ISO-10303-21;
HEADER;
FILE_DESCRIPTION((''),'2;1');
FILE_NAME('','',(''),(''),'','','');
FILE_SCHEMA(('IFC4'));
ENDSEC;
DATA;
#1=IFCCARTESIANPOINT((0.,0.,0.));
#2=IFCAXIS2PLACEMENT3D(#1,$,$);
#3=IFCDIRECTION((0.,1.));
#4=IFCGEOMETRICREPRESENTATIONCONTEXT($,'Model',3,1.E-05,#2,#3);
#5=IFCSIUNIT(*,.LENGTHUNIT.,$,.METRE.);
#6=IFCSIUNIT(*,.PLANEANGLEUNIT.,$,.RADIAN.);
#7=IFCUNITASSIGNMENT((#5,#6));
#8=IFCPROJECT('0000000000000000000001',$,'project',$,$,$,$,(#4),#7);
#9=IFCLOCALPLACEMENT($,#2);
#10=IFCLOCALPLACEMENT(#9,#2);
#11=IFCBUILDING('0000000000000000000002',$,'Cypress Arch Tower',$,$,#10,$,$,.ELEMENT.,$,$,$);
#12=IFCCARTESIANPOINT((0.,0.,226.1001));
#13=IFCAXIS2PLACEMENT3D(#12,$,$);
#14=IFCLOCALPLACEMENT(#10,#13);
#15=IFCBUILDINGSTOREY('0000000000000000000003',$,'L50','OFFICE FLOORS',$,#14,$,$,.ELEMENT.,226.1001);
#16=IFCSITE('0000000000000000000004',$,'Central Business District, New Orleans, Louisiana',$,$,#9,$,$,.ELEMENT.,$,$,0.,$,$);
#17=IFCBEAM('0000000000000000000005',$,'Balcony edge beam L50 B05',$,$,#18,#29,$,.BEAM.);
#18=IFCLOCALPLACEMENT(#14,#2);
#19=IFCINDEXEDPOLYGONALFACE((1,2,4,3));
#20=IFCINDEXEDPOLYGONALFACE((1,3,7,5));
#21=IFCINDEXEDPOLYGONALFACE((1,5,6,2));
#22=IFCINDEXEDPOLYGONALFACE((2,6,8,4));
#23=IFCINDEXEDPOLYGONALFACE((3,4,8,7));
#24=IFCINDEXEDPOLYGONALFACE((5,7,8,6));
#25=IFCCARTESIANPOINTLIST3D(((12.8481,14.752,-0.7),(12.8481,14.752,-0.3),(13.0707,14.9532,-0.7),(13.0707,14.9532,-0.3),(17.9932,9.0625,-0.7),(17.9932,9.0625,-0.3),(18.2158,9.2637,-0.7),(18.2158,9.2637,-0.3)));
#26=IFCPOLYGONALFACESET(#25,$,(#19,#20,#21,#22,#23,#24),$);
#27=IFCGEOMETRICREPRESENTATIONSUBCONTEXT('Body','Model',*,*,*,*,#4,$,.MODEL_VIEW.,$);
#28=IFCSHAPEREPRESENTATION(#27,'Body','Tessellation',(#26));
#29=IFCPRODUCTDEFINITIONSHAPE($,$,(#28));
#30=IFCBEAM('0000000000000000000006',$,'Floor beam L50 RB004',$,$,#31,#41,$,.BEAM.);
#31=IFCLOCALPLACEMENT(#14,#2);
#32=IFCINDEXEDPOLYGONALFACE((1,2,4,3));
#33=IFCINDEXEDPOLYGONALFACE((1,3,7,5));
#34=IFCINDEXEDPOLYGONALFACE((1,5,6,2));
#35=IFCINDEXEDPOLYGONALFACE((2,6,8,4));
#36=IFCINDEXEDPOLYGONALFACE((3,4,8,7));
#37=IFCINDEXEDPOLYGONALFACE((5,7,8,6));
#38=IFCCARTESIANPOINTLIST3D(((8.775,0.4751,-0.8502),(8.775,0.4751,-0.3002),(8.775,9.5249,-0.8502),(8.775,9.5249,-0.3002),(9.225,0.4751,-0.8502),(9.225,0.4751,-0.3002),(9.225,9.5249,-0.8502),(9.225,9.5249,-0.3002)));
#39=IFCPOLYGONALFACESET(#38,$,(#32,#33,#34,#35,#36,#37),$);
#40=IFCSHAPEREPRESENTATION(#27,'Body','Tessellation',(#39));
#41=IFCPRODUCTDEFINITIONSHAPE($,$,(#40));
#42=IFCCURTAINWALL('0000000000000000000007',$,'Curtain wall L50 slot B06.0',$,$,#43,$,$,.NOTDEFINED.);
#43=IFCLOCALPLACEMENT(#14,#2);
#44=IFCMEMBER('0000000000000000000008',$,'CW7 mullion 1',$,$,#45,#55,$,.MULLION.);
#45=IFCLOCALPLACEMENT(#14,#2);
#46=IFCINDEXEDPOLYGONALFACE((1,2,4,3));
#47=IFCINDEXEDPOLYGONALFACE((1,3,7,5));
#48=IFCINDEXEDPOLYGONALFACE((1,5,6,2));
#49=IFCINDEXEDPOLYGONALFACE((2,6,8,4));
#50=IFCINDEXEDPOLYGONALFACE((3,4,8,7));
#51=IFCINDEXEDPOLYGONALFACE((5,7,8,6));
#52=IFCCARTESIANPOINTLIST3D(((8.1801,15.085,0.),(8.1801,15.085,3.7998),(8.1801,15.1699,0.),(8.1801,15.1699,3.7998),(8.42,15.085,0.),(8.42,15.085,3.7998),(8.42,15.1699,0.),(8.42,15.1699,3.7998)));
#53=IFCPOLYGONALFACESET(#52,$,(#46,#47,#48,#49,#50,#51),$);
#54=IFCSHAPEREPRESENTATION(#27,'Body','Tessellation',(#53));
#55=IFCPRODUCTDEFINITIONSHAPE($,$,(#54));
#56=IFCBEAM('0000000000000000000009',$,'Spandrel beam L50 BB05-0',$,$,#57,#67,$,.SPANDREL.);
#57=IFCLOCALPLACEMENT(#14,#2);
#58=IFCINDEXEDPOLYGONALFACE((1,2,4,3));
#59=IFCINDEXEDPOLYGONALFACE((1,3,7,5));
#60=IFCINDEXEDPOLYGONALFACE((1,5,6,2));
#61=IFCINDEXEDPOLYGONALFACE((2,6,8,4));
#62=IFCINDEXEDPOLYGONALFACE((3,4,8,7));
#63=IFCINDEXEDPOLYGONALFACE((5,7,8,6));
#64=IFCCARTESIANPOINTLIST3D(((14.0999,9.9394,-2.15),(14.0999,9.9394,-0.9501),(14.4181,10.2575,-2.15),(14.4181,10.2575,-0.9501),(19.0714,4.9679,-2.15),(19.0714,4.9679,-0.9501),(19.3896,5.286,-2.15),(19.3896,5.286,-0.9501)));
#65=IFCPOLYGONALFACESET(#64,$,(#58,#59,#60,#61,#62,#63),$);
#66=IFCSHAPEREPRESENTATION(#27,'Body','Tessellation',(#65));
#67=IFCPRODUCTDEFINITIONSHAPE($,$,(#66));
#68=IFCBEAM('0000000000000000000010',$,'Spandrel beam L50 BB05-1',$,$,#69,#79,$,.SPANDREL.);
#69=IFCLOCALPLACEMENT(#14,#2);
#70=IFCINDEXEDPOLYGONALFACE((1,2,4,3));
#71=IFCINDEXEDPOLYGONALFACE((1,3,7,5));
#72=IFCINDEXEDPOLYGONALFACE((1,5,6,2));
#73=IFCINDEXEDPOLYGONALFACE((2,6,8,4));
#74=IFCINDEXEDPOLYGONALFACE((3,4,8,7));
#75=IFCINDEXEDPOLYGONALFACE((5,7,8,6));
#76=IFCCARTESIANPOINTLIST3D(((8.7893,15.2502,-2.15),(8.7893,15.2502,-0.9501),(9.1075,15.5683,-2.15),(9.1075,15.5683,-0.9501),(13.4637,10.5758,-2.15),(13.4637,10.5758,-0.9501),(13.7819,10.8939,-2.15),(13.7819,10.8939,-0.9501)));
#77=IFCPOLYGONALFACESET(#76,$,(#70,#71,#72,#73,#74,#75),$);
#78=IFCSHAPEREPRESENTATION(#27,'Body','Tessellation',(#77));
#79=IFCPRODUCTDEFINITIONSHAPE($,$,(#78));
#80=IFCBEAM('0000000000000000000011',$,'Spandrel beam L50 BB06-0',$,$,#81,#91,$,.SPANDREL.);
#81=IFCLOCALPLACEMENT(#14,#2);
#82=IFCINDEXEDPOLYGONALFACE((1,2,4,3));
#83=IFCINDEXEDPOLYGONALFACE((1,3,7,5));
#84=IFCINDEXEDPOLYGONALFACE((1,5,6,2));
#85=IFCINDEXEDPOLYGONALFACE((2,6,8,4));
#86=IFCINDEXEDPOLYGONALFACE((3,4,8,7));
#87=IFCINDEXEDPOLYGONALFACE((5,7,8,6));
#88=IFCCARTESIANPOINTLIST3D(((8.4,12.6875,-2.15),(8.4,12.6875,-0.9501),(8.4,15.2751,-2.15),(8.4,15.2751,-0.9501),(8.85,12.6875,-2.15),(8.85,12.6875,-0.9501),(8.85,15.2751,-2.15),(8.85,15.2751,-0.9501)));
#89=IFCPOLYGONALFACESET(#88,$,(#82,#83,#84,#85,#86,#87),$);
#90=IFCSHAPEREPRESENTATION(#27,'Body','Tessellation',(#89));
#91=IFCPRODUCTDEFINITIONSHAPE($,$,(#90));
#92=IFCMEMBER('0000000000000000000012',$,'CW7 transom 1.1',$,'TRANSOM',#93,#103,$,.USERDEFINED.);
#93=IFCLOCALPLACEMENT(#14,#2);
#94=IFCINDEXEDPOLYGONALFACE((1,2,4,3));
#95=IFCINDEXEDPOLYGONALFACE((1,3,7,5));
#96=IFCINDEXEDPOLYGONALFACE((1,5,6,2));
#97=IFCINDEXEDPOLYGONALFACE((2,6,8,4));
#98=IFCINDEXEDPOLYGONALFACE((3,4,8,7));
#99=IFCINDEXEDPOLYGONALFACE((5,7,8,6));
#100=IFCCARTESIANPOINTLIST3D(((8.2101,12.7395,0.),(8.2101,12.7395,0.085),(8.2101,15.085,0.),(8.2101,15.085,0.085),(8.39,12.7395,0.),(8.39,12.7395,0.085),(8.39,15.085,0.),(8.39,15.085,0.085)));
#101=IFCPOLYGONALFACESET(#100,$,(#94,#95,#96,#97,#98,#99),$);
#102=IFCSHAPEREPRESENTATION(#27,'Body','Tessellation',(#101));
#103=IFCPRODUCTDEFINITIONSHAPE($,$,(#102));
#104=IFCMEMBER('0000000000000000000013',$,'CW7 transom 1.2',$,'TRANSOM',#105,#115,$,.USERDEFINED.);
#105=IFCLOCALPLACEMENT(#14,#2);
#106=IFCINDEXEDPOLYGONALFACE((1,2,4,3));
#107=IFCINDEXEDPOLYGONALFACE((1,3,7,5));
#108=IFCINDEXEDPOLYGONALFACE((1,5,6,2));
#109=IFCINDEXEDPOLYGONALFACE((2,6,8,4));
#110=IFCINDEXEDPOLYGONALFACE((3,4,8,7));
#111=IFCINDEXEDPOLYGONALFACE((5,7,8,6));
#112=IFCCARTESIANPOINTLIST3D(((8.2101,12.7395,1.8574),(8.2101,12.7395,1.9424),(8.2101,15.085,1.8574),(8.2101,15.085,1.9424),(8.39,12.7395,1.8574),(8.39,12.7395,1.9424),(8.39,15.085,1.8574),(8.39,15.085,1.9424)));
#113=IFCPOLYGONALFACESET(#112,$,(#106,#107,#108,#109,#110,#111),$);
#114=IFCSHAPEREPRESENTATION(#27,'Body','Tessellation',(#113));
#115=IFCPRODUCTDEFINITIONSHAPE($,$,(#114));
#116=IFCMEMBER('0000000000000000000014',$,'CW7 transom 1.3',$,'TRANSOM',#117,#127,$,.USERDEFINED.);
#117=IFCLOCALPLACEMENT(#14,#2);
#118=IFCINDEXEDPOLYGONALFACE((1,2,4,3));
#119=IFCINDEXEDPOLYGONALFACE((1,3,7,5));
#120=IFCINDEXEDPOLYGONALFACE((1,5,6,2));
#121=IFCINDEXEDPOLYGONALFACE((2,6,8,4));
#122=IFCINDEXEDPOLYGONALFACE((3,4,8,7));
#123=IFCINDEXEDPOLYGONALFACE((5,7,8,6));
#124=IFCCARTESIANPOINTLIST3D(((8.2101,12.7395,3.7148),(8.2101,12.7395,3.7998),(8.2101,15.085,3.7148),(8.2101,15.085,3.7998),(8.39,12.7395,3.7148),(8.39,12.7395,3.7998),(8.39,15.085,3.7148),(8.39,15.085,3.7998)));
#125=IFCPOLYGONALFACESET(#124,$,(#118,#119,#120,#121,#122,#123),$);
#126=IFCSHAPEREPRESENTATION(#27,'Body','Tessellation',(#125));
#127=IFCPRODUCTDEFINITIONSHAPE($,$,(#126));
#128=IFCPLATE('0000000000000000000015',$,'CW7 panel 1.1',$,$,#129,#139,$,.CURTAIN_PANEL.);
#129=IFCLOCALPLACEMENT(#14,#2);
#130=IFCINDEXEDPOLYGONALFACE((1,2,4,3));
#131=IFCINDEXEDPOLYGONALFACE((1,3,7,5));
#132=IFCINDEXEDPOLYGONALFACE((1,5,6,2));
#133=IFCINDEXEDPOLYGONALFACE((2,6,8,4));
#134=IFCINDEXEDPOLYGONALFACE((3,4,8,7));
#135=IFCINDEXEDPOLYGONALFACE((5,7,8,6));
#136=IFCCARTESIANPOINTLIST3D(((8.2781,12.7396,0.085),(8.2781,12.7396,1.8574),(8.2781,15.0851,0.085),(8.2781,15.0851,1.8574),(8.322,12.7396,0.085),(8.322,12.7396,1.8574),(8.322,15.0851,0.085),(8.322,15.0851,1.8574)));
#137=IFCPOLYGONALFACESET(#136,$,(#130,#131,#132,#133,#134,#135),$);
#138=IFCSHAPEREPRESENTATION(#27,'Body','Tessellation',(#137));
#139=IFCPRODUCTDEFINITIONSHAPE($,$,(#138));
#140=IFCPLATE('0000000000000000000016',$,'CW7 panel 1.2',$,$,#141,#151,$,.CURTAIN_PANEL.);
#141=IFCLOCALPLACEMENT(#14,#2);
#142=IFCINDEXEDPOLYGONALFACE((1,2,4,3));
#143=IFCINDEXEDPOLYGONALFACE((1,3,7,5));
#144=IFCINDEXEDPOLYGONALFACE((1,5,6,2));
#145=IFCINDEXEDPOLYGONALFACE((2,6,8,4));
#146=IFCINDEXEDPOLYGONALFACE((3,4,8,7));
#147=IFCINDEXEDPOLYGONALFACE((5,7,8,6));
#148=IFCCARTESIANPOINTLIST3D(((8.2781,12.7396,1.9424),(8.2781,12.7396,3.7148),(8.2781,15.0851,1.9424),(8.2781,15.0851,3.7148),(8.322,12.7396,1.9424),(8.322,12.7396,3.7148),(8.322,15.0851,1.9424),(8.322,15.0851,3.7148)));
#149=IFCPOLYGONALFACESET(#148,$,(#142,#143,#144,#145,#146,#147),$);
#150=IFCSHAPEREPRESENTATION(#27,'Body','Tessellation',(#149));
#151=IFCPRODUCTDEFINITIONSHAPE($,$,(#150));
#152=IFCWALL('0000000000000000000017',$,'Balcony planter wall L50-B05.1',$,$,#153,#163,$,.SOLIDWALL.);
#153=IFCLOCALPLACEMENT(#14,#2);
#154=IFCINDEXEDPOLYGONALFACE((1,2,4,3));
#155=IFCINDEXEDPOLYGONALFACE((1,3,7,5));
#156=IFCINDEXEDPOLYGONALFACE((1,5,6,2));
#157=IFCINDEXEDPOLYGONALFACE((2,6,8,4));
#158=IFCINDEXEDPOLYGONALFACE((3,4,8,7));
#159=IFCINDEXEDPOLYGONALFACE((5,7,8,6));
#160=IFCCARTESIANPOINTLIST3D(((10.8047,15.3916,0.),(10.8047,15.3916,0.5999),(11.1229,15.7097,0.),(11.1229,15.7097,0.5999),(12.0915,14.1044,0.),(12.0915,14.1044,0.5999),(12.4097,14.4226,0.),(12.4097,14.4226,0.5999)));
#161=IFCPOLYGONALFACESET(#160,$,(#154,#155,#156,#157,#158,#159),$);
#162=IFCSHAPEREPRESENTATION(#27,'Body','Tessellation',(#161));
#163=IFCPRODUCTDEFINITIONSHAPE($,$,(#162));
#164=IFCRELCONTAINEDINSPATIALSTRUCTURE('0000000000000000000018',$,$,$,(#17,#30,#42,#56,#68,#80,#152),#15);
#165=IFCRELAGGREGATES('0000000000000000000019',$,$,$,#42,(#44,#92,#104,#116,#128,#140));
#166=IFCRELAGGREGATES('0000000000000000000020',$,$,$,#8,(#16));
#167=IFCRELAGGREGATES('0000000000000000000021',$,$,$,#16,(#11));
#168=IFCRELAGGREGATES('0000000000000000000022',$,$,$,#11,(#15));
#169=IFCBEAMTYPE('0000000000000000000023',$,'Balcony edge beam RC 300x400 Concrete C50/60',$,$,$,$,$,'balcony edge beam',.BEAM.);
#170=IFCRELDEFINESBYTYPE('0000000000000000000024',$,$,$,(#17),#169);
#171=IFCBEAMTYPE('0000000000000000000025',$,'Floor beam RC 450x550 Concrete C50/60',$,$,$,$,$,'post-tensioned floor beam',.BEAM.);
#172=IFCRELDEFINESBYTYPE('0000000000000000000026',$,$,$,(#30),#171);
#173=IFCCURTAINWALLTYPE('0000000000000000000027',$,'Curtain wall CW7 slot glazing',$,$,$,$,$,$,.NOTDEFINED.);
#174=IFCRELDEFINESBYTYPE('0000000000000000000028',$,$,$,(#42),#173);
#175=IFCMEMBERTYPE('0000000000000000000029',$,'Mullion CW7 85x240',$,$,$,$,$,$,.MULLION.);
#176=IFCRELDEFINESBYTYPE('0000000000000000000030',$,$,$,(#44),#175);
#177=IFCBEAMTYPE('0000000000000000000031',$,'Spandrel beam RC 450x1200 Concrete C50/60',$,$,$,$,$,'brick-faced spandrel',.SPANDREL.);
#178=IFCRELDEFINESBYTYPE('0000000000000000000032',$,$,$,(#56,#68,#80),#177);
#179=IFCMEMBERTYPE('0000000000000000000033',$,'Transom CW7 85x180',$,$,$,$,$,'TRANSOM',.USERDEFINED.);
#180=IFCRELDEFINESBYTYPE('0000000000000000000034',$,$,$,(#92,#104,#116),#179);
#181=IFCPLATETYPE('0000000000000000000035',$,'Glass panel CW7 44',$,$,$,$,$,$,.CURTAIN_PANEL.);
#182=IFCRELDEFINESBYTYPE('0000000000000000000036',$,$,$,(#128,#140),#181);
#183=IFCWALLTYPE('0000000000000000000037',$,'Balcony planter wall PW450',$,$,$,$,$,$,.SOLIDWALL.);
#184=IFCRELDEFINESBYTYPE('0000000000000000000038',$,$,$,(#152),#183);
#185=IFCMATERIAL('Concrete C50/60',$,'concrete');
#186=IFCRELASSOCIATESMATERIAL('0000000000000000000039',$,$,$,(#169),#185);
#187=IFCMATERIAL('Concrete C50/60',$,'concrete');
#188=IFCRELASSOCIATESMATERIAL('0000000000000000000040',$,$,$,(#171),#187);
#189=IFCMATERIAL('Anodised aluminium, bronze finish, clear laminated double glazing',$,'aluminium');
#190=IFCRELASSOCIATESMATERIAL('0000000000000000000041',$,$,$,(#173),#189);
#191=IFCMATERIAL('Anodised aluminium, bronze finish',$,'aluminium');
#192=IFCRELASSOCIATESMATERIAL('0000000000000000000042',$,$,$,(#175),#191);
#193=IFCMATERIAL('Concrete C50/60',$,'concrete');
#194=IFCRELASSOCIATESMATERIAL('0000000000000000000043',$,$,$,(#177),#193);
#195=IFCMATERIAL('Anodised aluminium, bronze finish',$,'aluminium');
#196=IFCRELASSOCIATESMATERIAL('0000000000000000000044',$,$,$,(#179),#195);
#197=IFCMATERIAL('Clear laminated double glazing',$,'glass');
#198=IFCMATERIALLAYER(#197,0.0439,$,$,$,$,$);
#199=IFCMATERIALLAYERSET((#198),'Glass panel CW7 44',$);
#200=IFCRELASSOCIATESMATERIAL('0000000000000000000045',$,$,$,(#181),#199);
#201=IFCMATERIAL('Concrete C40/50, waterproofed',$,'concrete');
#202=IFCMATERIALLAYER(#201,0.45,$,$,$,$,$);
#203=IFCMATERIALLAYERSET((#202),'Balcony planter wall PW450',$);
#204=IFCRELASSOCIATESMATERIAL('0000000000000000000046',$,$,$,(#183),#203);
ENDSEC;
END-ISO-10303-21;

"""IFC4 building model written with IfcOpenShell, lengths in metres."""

from ifc_helpers import new_model, si_unit, direction, frame, frame_2d, origin, origin_2d, place, context, subcontext, project, spatial, rectangle, extrude, material, layer, layer_set, material_profile, profile_set, type_object, element, aggregate, save


model = new_model("IFC4")

# Units and contexts
model_context = context("Model", 3, precision=1e-05, world=origin(), true_north=direction((0.0, 1.0)))
body_context = subcontext(model_context, "Body", "Model", "MODEL_VIEW")
ifc_project = project(units=[si_unit("LENGTHUNIT", "METRE"), si_unit("PLANEANGLEUNIT", "RADIAN")], contexts=[model_context])

# Site, building, storey
site_placement = place(None, origin())
site = spatial("IfcSite", under=ifc_project, at=site_placement, Name="Central Business District, New Orleans, Louisiana", CompositionType="ELEMENT", RefElevation=0.0)
building_placement = place(site_placement, origin())
building = spatial("IfcBuilding", under=site, at=building_placement, Name="Cypress Arch Tower", CompositionType="ELEMENT")
storey_placement = place(building_placement, frame((0.0, 0.0, 226.1001)))
storey = spatial("IfcBuildingStorey", under=building, at=storey_placement, Name="L50", Description="OFFICE FLOORS", CompositionType="ELEMENT", Elevation=226.1001)

# Beams
ifc_material_1 = material(Name="Concrete C50/60", Category="concrete")
ifc_material_profile_1 = material_profile(ifc_material_1, rectangle(XDim=0.3, YDim=0.3999, at=origin_2d()), Name="RC 300x400")
ifc_profile_set_1 = profile_set([ifc_material_profile_1], Name="Concrete C50/60")
beam_type_1 = type_object("IfcBeamType", Name="Balcony edge beam RC 300x400 Concrete C50/60", ElementType="balcony edge beam", PredefinedType="BEAM", material=ifc_profile_set_1)
beam_1_placement = place(storey_placement, frame((18.1045, 9.1631, -0.5), z_axis=(-0.670728, 0.741703, 0.0), x_axis=(-0.741703, -0.670728, 0.0)))
element("IfcBeam", 1, at=beam_1_placement, inside=storey, type_object=beam_type_1, Name="Balcony edge beam L50 B05", PredefinedType="BEAM", context=body_context, shape_type="SweptSolid", body=[
    extrude(rectangle(XDim=0.3, YDim=0.3999, at=origin_2d()), origin(), (0.0, 0.0, 1.0), 7.6709),
])
ifc_material_2 = material(Name="Concrete C50/60", Category="concrete")
ifc_material_profile_2 = material_profile(ifc_material_2, rectangle(XDim=0.45, YDim=0.55, at=origin_2d()), Name="RC 450x550")
ifc_profile_set_2 = profile_set([ifc_material_profile_2], Name="Concrete C50/60")
beam_type_2 = type_object("IfcBeamType", Name="Floor beam RC 450x550 Concrete C50/60", ElementType="post-tensioned floor beam", PredefinedType="BEAM", material=ifc_profile_set_2)
beam_2_placement = place(storey_placement, frame((9.0, 0.4751, -0.5752), z_axis=(0.0, 1.0, 0.0), x_axis=(-1.0, 0.0, 0.0)))
element("IfcBeam", 2, at=beam_2_placement, inside=storey, type_object=beam_type_2, Name="Floor beam L50 RB004", PredefinedType="BEAM", context=body_context, shape_type="SweptSolid", body=[
    extrude(rectangle(XDim=0.45, YDim=0.55, at=origin_2d()), origin(), (0.0, 0.0, 1.0), 9.0498),
])

# Curtain wall, member
ifc_material_3 = material(Name="Anodised aluminium, bronze finish, clear laminated double glazing", Category="aluminium")
curtain_wall_type = type_object("IfcCurtainWallType", Name="Curtain wall CW7 slot glazing", PredefinedType="NOTDEFINED", material=ifc_material_3)
curtain_wall_placement = place(storey_placement, origin())
curtain_wall = element("IfcCurtainWall", 3, at=curtain_wall_placement, inside=storey, type_object=curtain_wall_type, Name="Curtain wall L50 slot B06.0", PredefinedType="NOTDEFINED")
ifc_material_4 = material(Name="Anodised aluminium, bronze finish", Category="aluminium")
ifc_material_profile_3 = material_profile(ifc_material_4, rectangle(XDim=0.24, YDim=0.085, at=origin_2d()), Name="Mullion 85x240")
ifc_profile_set_3 = profile_set([ifc_material_profile_3], Name="Anodised aluminium, bronze finish")
member_type_1 = type_object("IfcMemberType", Name="Mullion CW7 85x240", PredefinedType="MULLION", material=ifc_profile_set_3)
member_1_placement = place(storey_placement, frame((8.3, 15.1274, 0.0), z_axis=(0.0, 0.0, 1.0), x_axis=(1.0, 0.0, 0.0)))
member_1 = element("IfcMember", 4, at=member_1_placement, type_object=member_type_1, Name="CW7 mullion 1", PredefinedType="MULLION", context=body_context, shape_type="SweptSolid", body=[
    extrude(rectangle(XDim=0.24, YDim=0.085, at=origin_2d()), origin(), (0.0, 0.0, 1.0), 3.7998),
])

# Beams
ifc_material_5 = material(Name="Concrete C50/60", Category="concrete")
ifc_material_profile_4 = material_profile(ifc_material_5, rectangle(XDim=0.45, YDim=1.2, at=origin_2d()), Name="RC 450x1200")
ifc_profile_set_4 = profile_set([ifc_material_profile_4], Name="Concrete C50/60")
beam_type_3 = type_object("IfcBeamType", Name="Spandrel beam RC 450x1200 Concrete C50/60", ElementType="brick-faced spandrel", PredefinedType="SPANDREL", material=ifc_profile_set_4)
beam_3_placement = place(storey_placement, frame((19.2305, 5.127, -1.55), z_axis=(-0.707107, 0.707107, 0.0), x_axis=(-0.707107, -0.707107, 0.0)))
element("IfcBeam", 5, at=beam_3_placement, inside=storey, type_object=beam_type_3, Name="Spandrel beam L50 BB05-0", PredefinedType="SPANDREL", context=body_context, shape_type="SweptSolid", body=[
    extrude(rectangle(XDim=0.45, YDim=1.2, at=origin_2d()), origin(), (0.0, 0.0, 1.0), 7.0308),
])
beam_4_placement = place(storey_placement, frame((13.6228, 10.7349, -1.55), z_axis=(-0.707107, 0.707107, 0.0), x_axis=(-0.707107, -0.707107, 0.0)))
element("IfcBeam", 6, at=beam_4_placement, inside=storey, type_object=beam_type_3, Name="Spandrel beam L50 BB05-1", PredefinedType="SPANDREL", context=body_context, shape_type="SweptSolid", body=[
    extrude(rectangle(XDim=0.45, YDim=1.2, at=origin_2d()), origin(), (0.0, 0.0, 1.0), 6.6106),
])
beam_5_placement = place(storey_placement, frame((8.625, 15.2751, -1.55), z_axis=(0.0, -1.0, 0.0), x_axis=(1.0, 0.0, 0.0)))
element("IfcBeam", 7, at=beam_5_placement, inside=storey, type_object=beam_type_3, Name="Spandrel beam L50 BB06-0", PredefinedType="SPANDREL", context=body_context, shape_type="SweptSolid", body=[
    extrude(rectangle(XDim=0.45, YDim=1.2, at=origin_2d()), origin(), (0.0, 0.0, 1.0), 2.5876),
])

# Members
ifc_material_6 = material(Name="Anodised aluminium, bronze finish", Category="aluminium")
ifc_material_profile_5 = material_profile(ifc_material_6, rectangle(XDim=0.1799, YDim=0.085, at=origin_2d()), Name="Transom 85x180")
ifc_profile_set_5 = profile_set([ifc_material_profile_5], Name="Anodised aluminium, bronze finish")
member_type_2 = type_object("IfcMemberType", Name="Transom CW7 85x180", ElementType="TRANSOM", PredefinedType="USERDEFINED", material=ifc_profile_set_5)
member_2_placement = place(storey_placement, frame((8.3, 15.085, 0.0425), z_axis=(0.0, -1.0, 0.0), x_axis=(1.0, 0.0, 0.0)))
member_2 = element("IfcMember", 8, at=member_2_placement, type_object=member_type_2, Name="CW7 transom 1.1", ObjectType="TRANSOM", PredefinedType="USERDEFINED", context=body_context, shape_type="SweptSolid", body=[
    extrude(rectangle(XDim=0.1799, YDim=0.085, at=origin_2d()), origin(), (0.0, 0.0, 1.0), 2.3455),
])
member_3_placement = place(storey_placement, frame((8.3, 15.085, 1.8999), z_axis=(0.0, -1.0, 0.0), x_axis=(1.0, 0.0, 0.0)))
member_3 = element("IfcMember", 9, at=member_3_placement, type_object=member_type_2, Name="CW7 transom 1.2", ObjectType="TRANSOM", PredefinedType="USERDEFINED", context=body_context, shape_type="SweptSolid", body=[
    extrude(rectangle(XDim=0.1799, YDim=0.085, at=origin_2d()), origin(), (0.0, 0.0, 1.0), 2.3455),
])
member_4_placement = place(storey_placement, frame((8.3, 15.085, 3.7573), z_axis=(0.0, -1.0, 0.0), x_axis=(1.0, 0.0, 0.0)))
member_4 = element("IfcMember", 10, at=member_4_placement, type_object=member_type_2, Name="CW7 transom 1.3", ObjectType="TRANSOM", PredefinedType="USERDEFINED", context=body_context, shape_type="SweptSolid", body=[
    extrude(rectangle(XDim=0.1799, YDim=0.085, at=origin_2d()), origin(), (0.0, 0.0, 1.0), 2.3455),
])

# Plates
ifc_material_7 = material(Name="Clear laminated double glazing", Category="glass")
ifc_layer_1 = layer(ifc_material_7, 0.0439)
ifc_layer_set_1 = layer_set([ifc_layer_1], Name="Glass panel CW7 44")
plate_type = type_object("IfcPlateType", Name="Glass panel CW7 44", PredefinedType="CURTAIN_PANEL", material=ifc_layer_set_1)
plate_1_placement = place(storey_placement, frame((8.3, 13.9124, 0.085), z_axis=(0.0, 0.0, 1.0), x_axis=(0.0, -1.0, 0.0)))
plate_1 = element("IfcPlate", 11, at=plate_1_placement, type_object=plate_type, Name="CW7 panel 1.1", PredefinedType="CURTAIN_PANEL", context=body_context, shape_type="SweptSolid", body=[
    extrude(rectangle(XDim=2.3455, YDim=0.0439, at=origin_2d()), origin(), (0.0, 0.0, 1.0), 1.7725),
])
plate_2_placement = place(storey_placement, frame((8.3, 13.9124, 1.9424), z_axis=(0.0, 0.0, 1.0), x_axis=(0.0, -1.0, 0.0)))
plate_2 = element("IfcPlate", 12, at=plate_2_placement, type_object=plate_type, Name="CW7 panel 1.2", PredefinedType="CURTAIN_PANEL", context=body_context, shape_type="SweptSolid", body=[
    extrude(rectangle(XDim=2.3455, YDim=0.0439, at=origin_2d()), origin(), (0.0, 0.0, 1.0), 1.7725),
])
aggregate(curtain_wall, [member_1, member_2, member_3, member_4, plate_1, plate_2])

# Wall
ifc_material_8 = material(Name="Concrete C40/50, waterproofed", Category="concrete")
ifc_layer_2 = layer(ifc_material_8, 0.45)
ifc_layer_set_2 = layer_set([ifc_layer_2], Name="Balcony planter wall PW450")
wall_type_1 = type_object("IfcWallType", Name="Balcony planter wall PW450", PredefinedType="SOLIDWALL", material=ifc_layer_set_2)
wall_1_placement = place(storey_placement, frame((12.2507, 14.2634, 0.0), z_axis=(0.0, 0.0, 1.0), x_axis=(-0.70704, 0.707174, 0.0)))
element("IfcWall", 13, at=wall_1_placement, inside=storey, type_object=wall_type_1, Name="Balcony planter wall L50-B05.1", PredefinedType="SOLIDWALL", context=body_context, shape_type="SweptSolid", body=[
    extrude(rectangle(XDim=1.8201, YDim=0.45, at=frame_2d((0.9102, 0.0))), origin(), (0.0, 0.0, 1.0), 0.5999),
])

save(model, "model.ifc")
